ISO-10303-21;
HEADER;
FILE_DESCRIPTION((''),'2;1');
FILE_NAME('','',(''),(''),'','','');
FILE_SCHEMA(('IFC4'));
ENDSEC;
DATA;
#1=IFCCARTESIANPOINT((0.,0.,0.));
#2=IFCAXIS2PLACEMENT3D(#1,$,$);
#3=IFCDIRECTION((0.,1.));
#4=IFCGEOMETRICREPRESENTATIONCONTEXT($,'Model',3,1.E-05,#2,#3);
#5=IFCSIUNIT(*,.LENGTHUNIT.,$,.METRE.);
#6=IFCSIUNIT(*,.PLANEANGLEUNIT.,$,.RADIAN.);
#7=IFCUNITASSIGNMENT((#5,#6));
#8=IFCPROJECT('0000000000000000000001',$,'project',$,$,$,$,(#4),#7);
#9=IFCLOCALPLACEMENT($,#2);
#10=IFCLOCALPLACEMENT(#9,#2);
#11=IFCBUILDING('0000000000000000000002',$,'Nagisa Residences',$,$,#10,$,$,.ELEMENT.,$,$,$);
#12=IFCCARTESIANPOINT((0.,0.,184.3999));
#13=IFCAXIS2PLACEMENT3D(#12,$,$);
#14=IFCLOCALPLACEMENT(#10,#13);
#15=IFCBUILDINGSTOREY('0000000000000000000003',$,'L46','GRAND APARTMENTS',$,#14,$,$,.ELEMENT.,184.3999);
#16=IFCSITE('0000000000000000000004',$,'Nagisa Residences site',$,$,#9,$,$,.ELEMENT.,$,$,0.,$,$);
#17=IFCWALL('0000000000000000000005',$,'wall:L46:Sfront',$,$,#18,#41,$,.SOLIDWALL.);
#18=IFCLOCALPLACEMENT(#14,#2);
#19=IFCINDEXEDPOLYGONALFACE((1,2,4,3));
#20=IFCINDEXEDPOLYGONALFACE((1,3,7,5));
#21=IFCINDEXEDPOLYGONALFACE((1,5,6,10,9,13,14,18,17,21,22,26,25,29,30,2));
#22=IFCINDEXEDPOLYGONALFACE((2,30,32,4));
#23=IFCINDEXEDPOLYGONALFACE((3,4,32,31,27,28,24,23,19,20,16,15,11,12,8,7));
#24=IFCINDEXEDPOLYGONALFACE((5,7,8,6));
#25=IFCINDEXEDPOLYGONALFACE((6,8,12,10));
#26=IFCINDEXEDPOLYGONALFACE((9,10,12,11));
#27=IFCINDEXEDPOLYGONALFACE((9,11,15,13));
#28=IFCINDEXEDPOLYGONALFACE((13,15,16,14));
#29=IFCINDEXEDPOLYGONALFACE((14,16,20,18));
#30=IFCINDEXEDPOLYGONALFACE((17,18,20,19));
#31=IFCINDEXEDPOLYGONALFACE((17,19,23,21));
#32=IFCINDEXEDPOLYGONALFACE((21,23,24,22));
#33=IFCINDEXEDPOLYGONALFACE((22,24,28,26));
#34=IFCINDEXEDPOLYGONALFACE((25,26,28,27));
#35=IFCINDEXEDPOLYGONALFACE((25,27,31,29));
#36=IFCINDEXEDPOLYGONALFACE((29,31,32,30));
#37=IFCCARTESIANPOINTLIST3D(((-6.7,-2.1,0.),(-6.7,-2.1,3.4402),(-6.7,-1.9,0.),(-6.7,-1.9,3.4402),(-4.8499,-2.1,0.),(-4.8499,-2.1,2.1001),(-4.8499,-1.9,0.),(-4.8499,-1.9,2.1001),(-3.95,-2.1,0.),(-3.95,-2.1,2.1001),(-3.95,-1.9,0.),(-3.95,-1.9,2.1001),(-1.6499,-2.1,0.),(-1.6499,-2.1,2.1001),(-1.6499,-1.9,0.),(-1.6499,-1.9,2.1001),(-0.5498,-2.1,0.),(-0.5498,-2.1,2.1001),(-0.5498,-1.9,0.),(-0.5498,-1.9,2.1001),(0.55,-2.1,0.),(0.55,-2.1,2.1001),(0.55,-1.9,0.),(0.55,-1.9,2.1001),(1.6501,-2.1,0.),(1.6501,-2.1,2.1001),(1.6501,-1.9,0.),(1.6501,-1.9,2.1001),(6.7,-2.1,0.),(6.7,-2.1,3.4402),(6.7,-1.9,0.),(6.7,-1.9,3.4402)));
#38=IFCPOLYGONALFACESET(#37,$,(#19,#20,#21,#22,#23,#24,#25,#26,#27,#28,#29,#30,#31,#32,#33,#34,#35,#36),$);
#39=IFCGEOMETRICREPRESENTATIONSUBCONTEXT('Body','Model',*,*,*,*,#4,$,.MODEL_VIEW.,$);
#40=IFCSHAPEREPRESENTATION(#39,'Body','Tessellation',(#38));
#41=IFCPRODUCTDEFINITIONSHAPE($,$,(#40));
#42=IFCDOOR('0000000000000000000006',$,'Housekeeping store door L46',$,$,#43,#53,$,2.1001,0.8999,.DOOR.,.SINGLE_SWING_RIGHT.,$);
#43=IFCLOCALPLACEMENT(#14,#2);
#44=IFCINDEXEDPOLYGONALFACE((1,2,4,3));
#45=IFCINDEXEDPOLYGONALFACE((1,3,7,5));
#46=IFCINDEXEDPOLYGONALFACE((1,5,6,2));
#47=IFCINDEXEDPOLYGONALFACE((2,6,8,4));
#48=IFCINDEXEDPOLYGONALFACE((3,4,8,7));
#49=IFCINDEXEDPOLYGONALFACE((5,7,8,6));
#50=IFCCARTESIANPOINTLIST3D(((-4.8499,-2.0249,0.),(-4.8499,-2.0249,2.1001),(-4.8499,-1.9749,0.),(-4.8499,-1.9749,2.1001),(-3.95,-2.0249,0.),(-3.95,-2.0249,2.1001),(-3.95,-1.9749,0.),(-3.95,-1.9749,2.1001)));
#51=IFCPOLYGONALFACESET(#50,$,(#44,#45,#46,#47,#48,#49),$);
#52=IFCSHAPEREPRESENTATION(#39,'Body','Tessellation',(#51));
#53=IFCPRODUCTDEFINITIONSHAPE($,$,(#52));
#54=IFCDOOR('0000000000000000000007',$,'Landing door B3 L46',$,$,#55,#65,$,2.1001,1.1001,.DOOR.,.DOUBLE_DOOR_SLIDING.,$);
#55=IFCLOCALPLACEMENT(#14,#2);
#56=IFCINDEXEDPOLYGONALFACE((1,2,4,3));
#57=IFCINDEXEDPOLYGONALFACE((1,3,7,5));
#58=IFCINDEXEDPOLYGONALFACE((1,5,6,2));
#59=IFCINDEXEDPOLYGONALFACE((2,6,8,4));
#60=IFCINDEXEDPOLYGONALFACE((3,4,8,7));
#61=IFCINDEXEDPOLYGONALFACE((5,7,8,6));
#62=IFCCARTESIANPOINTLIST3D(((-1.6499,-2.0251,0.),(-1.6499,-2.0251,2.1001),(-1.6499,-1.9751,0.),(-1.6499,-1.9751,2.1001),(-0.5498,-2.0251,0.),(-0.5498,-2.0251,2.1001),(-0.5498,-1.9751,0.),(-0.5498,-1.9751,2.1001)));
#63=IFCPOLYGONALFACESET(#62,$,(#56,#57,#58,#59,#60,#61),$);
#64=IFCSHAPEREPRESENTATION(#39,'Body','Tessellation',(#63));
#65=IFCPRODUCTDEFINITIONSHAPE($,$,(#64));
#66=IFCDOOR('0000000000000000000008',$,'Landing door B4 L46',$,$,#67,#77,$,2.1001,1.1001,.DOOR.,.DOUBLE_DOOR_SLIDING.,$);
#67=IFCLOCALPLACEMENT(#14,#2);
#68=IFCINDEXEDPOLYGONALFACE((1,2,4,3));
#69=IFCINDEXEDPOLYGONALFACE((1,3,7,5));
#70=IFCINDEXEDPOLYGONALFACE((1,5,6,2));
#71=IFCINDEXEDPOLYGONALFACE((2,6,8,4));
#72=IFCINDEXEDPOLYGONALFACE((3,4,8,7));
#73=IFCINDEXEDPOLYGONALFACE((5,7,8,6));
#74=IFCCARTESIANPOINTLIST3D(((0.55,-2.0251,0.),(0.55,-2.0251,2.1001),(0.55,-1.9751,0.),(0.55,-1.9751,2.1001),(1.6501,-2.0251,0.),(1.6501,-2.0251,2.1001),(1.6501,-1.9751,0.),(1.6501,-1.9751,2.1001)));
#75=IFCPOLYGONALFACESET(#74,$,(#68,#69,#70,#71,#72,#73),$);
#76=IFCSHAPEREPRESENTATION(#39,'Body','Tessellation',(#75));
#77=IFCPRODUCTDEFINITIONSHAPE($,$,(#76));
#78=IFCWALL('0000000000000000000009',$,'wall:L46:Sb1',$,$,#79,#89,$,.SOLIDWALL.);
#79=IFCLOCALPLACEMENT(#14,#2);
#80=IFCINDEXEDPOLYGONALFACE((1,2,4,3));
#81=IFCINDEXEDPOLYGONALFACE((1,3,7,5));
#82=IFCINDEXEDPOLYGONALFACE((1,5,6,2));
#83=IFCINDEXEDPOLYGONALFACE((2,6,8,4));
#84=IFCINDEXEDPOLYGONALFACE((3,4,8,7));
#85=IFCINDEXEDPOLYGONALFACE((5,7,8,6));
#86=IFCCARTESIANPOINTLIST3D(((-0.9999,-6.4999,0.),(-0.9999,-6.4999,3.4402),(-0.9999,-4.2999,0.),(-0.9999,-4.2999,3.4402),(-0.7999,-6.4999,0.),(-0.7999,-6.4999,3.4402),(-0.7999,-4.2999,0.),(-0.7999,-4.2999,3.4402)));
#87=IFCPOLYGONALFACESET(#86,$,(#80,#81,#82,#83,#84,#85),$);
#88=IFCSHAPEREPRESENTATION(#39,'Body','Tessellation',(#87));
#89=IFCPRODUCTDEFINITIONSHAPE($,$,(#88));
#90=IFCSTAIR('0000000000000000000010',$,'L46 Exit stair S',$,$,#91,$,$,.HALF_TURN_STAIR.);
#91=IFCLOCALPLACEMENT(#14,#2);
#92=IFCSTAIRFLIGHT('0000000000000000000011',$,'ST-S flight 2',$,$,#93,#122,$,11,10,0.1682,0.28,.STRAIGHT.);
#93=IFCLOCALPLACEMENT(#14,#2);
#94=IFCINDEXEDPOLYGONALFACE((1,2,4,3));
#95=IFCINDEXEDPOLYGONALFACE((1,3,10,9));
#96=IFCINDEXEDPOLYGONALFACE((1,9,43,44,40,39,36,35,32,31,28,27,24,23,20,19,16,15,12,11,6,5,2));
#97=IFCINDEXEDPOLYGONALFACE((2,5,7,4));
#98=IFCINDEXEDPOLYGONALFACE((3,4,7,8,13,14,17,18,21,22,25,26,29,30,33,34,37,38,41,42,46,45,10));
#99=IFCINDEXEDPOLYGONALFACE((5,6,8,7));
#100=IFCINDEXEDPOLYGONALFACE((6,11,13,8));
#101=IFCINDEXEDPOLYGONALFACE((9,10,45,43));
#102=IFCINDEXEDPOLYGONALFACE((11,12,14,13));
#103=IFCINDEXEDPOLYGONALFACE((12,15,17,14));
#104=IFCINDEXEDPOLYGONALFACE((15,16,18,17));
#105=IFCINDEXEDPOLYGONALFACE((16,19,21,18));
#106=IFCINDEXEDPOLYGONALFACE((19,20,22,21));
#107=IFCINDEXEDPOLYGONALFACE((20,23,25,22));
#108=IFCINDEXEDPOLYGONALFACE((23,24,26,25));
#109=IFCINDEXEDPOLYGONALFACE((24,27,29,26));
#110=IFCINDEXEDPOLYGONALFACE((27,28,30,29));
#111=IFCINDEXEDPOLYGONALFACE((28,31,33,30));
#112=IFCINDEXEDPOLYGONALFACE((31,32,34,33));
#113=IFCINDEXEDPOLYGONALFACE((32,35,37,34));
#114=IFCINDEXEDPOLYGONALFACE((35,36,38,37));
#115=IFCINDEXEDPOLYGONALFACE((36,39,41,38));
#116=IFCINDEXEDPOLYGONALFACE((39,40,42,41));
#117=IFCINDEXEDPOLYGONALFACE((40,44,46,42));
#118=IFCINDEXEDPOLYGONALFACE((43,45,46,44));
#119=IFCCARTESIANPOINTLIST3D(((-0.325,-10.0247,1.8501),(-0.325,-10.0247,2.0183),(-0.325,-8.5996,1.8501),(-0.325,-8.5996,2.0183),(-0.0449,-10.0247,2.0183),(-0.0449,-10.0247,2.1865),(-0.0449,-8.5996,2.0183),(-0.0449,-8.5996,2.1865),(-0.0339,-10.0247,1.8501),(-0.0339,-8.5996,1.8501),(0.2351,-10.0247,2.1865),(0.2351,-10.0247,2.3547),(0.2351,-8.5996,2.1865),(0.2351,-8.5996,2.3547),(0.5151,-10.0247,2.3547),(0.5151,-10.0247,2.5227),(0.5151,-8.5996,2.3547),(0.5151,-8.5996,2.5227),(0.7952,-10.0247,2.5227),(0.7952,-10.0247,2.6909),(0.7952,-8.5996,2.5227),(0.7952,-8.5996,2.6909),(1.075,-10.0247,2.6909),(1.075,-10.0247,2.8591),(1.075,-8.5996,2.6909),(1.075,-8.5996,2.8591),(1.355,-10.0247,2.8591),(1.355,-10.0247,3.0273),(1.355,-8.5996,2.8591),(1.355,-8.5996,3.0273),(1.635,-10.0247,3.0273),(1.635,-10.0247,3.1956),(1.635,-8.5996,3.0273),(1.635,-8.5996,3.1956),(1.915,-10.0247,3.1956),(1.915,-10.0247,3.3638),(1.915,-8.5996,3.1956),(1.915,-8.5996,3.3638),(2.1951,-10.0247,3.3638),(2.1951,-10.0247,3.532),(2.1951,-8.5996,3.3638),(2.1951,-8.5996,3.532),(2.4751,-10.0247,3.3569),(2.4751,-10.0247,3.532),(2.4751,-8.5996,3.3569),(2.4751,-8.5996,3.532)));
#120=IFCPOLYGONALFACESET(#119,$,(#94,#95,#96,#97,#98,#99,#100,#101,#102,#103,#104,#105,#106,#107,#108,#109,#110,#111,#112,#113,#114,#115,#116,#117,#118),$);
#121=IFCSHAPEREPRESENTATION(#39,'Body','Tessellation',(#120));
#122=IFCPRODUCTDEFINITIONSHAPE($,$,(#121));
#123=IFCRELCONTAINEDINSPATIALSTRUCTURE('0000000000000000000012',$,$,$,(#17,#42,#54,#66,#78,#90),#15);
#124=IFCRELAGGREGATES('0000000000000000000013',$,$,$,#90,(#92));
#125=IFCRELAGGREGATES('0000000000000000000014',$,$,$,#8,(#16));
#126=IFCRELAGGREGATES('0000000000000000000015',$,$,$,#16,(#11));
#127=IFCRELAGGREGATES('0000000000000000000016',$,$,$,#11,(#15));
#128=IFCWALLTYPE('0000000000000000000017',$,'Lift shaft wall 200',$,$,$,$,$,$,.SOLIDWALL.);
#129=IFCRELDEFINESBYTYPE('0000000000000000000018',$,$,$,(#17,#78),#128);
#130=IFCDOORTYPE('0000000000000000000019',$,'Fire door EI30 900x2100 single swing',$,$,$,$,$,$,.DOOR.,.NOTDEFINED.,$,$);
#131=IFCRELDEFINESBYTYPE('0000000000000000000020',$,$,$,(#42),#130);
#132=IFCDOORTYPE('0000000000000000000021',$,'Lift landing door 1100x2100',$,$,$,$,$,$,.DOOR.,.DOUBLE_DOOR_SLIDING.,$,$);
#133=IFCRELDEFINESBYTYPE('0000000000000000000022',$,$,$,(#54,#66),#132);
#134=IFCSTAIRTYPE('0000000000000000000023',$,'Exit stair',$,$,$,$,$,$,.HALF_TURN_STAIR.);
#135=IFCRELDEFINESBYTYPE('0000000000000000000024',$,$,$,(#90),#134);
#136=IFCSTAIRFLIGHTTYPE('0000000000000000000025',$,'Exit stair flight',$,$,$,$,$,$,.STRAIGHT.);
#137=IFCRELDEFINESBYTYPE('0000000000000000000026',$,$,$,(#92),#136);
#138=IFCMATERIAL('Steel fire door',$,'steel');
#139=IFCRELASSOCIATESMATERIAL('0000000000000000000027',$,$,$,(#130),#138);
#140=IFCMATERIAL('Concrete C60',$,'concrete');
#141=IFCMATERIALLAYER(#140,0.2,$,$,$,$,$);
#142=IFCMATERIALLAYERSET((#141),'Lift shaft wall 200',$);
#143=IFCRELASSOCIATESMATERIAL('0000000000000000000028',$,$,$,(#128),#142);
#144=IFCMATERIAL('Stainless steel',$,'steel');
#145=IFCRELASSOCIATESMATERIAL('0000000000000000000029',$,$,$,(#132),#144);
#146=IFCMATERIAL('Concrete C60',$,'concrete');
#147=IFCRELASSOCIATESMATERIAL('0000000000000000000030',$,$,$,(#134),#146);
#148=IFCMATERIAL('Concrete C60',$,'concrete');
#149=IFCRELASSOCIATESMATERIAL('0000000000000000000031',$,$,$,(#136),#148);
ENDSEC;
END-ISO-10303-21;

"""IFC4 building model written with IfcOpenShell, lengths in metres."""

from ifc_helpers import new_model, si_unit, direction, frame, frame_2d, origin, place, context, subcontext, project, spatial, polyline, rectangle, outline, extrude, material, layer, layer_set, type_object, element, fill, aggregate, save


model = new_model("IFC4")

# Units and contexts
model_context = context("Model", 3, precision=1e-05, world=origin(), true_north=direction((0.0, 1.0)))
body_context = subcontext(model_context, "Body", "Model", "MODEL_VIEW")
ifc_project = project(units=[si_unit("LENGTHUNIT", "METRE"), si_unit("PLANEANGLEUNIT", "RADIAN")], contexts=[model_context])

# Site, building, storey
site_placement = place(None, origin())
site = spatial("IfcSite", under=ifc_project, at=site_placement, Name="Nagisa Residences site", CompositionType="ELEMENT", RefElevation=0.0)
building_placement = place(site_placement, origin())
building = spatial("IfcBuilding", under=site, at=building_placement, Name="Nagisa Residences", CompositionType="ELEMENT")
storey_placement = place(building_placement, frame((0.0, 0.0, 184.3999)))
storey = spatial("IfcBuildingStorey", under=building, at=storey_placement, Name="L46", Description="GRAND APARTMENTS", CompositionType="ELEMENT", Elevation=184.3999)

# Shared definitions
ifc_material_1 = material(Name="Steel fire door", Category="steel")
door_type_1 = type_object("IfcDoorType", Name="Fire door EI30 900x2100 single swing", OperationType="NOTDEFINED", PredefinedType="DOOR", material=ifc_material_1)

# Shared definitions
ifc_material_2 = material(Name="Concrete C60", Category="concrete")
ifc_layer_1 = layer(ifc_material_2, 0.2)
ifc_layer_set_1 = layer_set([ifc_layer_1], Name="Lift shaft wall 200")
wall_type_1 = type_object("IfcWallType", Name="Lift shaft wall 200", PredefinedType="SOLIDWALL", material=ifc_layer_set_1)

# Wall, openings, doors
wall_1_placement = place(storey_placement, frame((-6.7, -2.0, 0.0), z_axis=(0.0, 0.0, 1.0), x_axis=(1.0, 0.0, 0.0)))
wall_1 = element("IfcWall", 1, at=wall_1_placement, inside=storey, type_object=wall_type_1, Name="wall:L46:Sfront", PredefinedType="SOLIDWALL", context=body_context, shape_type="SweptSolid", body=[
    extrude(rectangle(XDim=13.3999, YDim=0.2, at=frame_2d((6.7, 0.0))), origin(), (0.0, 0.0, 1.0), 3.4402),
])
opening_1_placement = place(wall_1_placement, frame((5.05, 0.0, 0.0)))
opening_1 = element("IfcOpeningElement", 2, at=opening_1_placement, cuts=wall_1, PredefinedType="OPENING", context=body_context, shape_type="SweptSolid", body=[
    extrude(rectangle(XDim=1.1001, YDim=2.1001, at=frame_2d((0.55, 1.05))), frame((0.0, 0.1099, 0.0), z_axis=(0.0, -1.0, 0.0), x_axis=(1.0, 0.0, 0.0)), (0.0, 0.0, 1.0), 0.22),
])
opening_2_placement = place(wall_1_placement, frame((7.25, 0.0, 0.0)))
opening_2 = element("IfcOpeningElement", 3, at=opening_2_placement, cuts=wall_1, PredefinedType="OPENING", context=body_context, shape_type="SweptSolid", body=[
    extrude(rectangle(XDim=1.1001, YDim=2.1001, at=frame_2d((0.55, 1.05))), frame((0.0, 0.1099, 0.0), z_axis=(0.0, -1.0, 0.0), x_axis=(1.0, 0.0, 0.0)), (0.0, 0.0, 1.0), 0.22),
])
opening_3_placement = place(wall_1_placement, frame((1.8501, 0.0, 0.0)))
opening_3 = element("IfcOpeningElement", 4, at=opening_3_placement, cuts=wall_1, PredefinedType="OPENING", context=body_context, shape_type="SweptSolid", body=[
    extrude(rectangle(XDim=0.8999, YDim=2.1001, at=frame_2d((0.45, 1.05))), frame((0.0, 0.1099, 0.0), z_axis=(0.0, -1.0, 0.0), x_axis=(1.0, 0.0, 0.0)), (0.0, 0.0, 1.0), 0.22),
])
door_1_placement = place(opening_3_placement, frame((0.8999, 0.0, 0.0), x_axis=(-1.0, 0.0, 0.0)))
door_1 = element("IfcDoor", 5, at=door_1_placement, inside=storey, type_object=door_type_1, Name="Housekeeping store door L46", OperationType="SINGLE_SWING_RIGHT", OverallHeight=2.1001, OverallWidth=0.8999, PredefinedType="DOOR", context=body_context, shape_type="SweptSolid", body=[
    extrude(rectangle(XDim=0.8999, YDim=2.1001, at=frame_2d((0.45, 1.05))), frame((0.0, 0.0249, 0.0), z_axis=(0.0, -1.0, 0.0), x_axis=(1.0, 0.0, 0.0)), (0.0, 0.0, 1.0), 0.05),
])
fill(opening_3, door_1)
ifc_material_3 = material(Name="Stainless steel", Category="steel")
door_type_2 = type_object("IfcDoorType", Name="Lift landing door 1100x2100", OperationType="DOUBLE_DOOR_SLIDING", PredefinedType="DOOR", material=ifc_material_3)
door_2_placement = place(opening_1_placement, origin())
door_2 = element("IfcDoor", 6, at=door_2_placement, inside=storey, type_object=door_type_2, Name="Landing door B3 L46", OperationType="DOUBLE_DOOR_SLIDING", OverallHeight=2.1001, OverallWidth=1.1001, PredefinedType="DOOR", context=body_context, shape_type="SweptSolid", body=[
    extrude(rectangle(XDim=1.1001, YDim=2.1001, at=frame_2d((0.55, 1.05))), frame((0.0, 0.0249, 0.0), z_axis=(0.0, -1.0, 0.0), x_axis=(1.0, 0.0, 0.0)), (0.0, 0.0, 1.0), 0.05),
])
fill(opening_1, door_2)
door_3_placement = place(opening_2_placement, origin())
door_3 = element("IfcDoor", 7, at=door_3_placement, inside=storey, type_object=door_type_2, Name="Landing door B4 L46", OperationType="DOUBLE_DOOR_SLIDING", OverallHeight=2.1001, OverallWidth=1.1001, PredefinedType="DOOR", context=body_context, shape_type="SweptSolid", body=[
    extrude(rectangle(XDim=1.1001, YDim=2.1001, at=frame_2d((0.55, 1.05))), frame((0.0, 0.0249, 0.0), z_axis=(0.0, -1.0, 0.0), x_axis=(1.0, 0.0, 0.0)), (0.0, 0.0, 1.0), 0.05),
])
fill(opening_2, door_3)

# Wall
wall_2_placement = place(storey_placement, frame((-0.8999, -6.5, 0.0), z_axis=(0.0, 0.0, 1.0), x_axis=(0.0, 1.0, 0.0)))
element("IfcWall", 8, at=wall_2_placement, inside=storey, type_object=wall_type_1, Name="wall:L46:Sb1", PredefinedType="SOLIDWALL", context=body_context, shape_type="SweptSolid", body=[
    extrude(rectangle(XDim=2.2, YDim=0.2, at=frame_2d((1.1001, 0.0))), origin(), (0.0, 0.0, 1.0), 3.4402),
])

# Stair, stair flight
ifc_material_4 = material(Name="Concrete C60", Category="concrete")
stair_type = type_object("IfcStairType", Name="Exit stair", PredefinedType="HALF_TURN_STAIR", material=ifc_material_4)
stair_placement = place(storey_placement, origin())
stair = element("IfcStair", 9, at=stair_placement, inside=storey, type_object=stair_type, Name="L46 Exit stair S", PredefinedType="HALF_TURN_STAIR")
ifc_material_5 = material(Name="Concrete C60", Category="concrete")
stair_flight_type = type_object("IfcStairFlightType", Name="Exit stair flight", PredefinedType="STRAIGHT", material=ifc_material_5)
stair_flight_placement = place(storey_placement, frame((-0.325, -9.312, 1.8501), z_axis=(0.0, 0.0, 1.0), x_axis=(1.0, 0.0, 0.0)))
stair_flight = element("IfcStairFlight", 10, at=stair_flight_placement, type_object=stair_flight_type, Name="ST-S flight 2", NumberOfRisers=11, NumberOfTreads=10, PredefinedType="STRAIGHT", RiserHeight=0.1682, TreadLength=0.28, context=body_context, shape_type="SweptSolid", body=[
    extrude(outline(polyline([(0.0, 0.0), (0.0, 0.1682), (0.28, 0.1682), (0.28, 0.3364), (0.5601, 0.3364), (0.5601, 0.5046), (0.8401, 0.5046), (0.8401, 0.6726), (1.1201, 0.6726), (1.1201, 0.8408), (1.3999, 0.8408), (1.3999, 1.009), (1.6799, 1.009), (1.6799, 1.1772), (1.96, 1.1772), (1.96, 1.3455), (2.24, 1.3455), (2.24, 1.5137), (2.52, 1.5137), (2.52, 1.6819), (2.8, 1.6819), (2.8, 1.8501), (2.8, 1.5068), (0.291, 0.0), (0.0, 0.0)])), frame((0.0, 0.7124, 0.0), z_axis=(0.0, -1.0, 0.0), x_axis=(1.0, 0.0, 0.0)), (0.0, 0.0, 1.0), 1.425),
])
aggregate(stair, [stair_flight])

save(model, "model.ifc")
